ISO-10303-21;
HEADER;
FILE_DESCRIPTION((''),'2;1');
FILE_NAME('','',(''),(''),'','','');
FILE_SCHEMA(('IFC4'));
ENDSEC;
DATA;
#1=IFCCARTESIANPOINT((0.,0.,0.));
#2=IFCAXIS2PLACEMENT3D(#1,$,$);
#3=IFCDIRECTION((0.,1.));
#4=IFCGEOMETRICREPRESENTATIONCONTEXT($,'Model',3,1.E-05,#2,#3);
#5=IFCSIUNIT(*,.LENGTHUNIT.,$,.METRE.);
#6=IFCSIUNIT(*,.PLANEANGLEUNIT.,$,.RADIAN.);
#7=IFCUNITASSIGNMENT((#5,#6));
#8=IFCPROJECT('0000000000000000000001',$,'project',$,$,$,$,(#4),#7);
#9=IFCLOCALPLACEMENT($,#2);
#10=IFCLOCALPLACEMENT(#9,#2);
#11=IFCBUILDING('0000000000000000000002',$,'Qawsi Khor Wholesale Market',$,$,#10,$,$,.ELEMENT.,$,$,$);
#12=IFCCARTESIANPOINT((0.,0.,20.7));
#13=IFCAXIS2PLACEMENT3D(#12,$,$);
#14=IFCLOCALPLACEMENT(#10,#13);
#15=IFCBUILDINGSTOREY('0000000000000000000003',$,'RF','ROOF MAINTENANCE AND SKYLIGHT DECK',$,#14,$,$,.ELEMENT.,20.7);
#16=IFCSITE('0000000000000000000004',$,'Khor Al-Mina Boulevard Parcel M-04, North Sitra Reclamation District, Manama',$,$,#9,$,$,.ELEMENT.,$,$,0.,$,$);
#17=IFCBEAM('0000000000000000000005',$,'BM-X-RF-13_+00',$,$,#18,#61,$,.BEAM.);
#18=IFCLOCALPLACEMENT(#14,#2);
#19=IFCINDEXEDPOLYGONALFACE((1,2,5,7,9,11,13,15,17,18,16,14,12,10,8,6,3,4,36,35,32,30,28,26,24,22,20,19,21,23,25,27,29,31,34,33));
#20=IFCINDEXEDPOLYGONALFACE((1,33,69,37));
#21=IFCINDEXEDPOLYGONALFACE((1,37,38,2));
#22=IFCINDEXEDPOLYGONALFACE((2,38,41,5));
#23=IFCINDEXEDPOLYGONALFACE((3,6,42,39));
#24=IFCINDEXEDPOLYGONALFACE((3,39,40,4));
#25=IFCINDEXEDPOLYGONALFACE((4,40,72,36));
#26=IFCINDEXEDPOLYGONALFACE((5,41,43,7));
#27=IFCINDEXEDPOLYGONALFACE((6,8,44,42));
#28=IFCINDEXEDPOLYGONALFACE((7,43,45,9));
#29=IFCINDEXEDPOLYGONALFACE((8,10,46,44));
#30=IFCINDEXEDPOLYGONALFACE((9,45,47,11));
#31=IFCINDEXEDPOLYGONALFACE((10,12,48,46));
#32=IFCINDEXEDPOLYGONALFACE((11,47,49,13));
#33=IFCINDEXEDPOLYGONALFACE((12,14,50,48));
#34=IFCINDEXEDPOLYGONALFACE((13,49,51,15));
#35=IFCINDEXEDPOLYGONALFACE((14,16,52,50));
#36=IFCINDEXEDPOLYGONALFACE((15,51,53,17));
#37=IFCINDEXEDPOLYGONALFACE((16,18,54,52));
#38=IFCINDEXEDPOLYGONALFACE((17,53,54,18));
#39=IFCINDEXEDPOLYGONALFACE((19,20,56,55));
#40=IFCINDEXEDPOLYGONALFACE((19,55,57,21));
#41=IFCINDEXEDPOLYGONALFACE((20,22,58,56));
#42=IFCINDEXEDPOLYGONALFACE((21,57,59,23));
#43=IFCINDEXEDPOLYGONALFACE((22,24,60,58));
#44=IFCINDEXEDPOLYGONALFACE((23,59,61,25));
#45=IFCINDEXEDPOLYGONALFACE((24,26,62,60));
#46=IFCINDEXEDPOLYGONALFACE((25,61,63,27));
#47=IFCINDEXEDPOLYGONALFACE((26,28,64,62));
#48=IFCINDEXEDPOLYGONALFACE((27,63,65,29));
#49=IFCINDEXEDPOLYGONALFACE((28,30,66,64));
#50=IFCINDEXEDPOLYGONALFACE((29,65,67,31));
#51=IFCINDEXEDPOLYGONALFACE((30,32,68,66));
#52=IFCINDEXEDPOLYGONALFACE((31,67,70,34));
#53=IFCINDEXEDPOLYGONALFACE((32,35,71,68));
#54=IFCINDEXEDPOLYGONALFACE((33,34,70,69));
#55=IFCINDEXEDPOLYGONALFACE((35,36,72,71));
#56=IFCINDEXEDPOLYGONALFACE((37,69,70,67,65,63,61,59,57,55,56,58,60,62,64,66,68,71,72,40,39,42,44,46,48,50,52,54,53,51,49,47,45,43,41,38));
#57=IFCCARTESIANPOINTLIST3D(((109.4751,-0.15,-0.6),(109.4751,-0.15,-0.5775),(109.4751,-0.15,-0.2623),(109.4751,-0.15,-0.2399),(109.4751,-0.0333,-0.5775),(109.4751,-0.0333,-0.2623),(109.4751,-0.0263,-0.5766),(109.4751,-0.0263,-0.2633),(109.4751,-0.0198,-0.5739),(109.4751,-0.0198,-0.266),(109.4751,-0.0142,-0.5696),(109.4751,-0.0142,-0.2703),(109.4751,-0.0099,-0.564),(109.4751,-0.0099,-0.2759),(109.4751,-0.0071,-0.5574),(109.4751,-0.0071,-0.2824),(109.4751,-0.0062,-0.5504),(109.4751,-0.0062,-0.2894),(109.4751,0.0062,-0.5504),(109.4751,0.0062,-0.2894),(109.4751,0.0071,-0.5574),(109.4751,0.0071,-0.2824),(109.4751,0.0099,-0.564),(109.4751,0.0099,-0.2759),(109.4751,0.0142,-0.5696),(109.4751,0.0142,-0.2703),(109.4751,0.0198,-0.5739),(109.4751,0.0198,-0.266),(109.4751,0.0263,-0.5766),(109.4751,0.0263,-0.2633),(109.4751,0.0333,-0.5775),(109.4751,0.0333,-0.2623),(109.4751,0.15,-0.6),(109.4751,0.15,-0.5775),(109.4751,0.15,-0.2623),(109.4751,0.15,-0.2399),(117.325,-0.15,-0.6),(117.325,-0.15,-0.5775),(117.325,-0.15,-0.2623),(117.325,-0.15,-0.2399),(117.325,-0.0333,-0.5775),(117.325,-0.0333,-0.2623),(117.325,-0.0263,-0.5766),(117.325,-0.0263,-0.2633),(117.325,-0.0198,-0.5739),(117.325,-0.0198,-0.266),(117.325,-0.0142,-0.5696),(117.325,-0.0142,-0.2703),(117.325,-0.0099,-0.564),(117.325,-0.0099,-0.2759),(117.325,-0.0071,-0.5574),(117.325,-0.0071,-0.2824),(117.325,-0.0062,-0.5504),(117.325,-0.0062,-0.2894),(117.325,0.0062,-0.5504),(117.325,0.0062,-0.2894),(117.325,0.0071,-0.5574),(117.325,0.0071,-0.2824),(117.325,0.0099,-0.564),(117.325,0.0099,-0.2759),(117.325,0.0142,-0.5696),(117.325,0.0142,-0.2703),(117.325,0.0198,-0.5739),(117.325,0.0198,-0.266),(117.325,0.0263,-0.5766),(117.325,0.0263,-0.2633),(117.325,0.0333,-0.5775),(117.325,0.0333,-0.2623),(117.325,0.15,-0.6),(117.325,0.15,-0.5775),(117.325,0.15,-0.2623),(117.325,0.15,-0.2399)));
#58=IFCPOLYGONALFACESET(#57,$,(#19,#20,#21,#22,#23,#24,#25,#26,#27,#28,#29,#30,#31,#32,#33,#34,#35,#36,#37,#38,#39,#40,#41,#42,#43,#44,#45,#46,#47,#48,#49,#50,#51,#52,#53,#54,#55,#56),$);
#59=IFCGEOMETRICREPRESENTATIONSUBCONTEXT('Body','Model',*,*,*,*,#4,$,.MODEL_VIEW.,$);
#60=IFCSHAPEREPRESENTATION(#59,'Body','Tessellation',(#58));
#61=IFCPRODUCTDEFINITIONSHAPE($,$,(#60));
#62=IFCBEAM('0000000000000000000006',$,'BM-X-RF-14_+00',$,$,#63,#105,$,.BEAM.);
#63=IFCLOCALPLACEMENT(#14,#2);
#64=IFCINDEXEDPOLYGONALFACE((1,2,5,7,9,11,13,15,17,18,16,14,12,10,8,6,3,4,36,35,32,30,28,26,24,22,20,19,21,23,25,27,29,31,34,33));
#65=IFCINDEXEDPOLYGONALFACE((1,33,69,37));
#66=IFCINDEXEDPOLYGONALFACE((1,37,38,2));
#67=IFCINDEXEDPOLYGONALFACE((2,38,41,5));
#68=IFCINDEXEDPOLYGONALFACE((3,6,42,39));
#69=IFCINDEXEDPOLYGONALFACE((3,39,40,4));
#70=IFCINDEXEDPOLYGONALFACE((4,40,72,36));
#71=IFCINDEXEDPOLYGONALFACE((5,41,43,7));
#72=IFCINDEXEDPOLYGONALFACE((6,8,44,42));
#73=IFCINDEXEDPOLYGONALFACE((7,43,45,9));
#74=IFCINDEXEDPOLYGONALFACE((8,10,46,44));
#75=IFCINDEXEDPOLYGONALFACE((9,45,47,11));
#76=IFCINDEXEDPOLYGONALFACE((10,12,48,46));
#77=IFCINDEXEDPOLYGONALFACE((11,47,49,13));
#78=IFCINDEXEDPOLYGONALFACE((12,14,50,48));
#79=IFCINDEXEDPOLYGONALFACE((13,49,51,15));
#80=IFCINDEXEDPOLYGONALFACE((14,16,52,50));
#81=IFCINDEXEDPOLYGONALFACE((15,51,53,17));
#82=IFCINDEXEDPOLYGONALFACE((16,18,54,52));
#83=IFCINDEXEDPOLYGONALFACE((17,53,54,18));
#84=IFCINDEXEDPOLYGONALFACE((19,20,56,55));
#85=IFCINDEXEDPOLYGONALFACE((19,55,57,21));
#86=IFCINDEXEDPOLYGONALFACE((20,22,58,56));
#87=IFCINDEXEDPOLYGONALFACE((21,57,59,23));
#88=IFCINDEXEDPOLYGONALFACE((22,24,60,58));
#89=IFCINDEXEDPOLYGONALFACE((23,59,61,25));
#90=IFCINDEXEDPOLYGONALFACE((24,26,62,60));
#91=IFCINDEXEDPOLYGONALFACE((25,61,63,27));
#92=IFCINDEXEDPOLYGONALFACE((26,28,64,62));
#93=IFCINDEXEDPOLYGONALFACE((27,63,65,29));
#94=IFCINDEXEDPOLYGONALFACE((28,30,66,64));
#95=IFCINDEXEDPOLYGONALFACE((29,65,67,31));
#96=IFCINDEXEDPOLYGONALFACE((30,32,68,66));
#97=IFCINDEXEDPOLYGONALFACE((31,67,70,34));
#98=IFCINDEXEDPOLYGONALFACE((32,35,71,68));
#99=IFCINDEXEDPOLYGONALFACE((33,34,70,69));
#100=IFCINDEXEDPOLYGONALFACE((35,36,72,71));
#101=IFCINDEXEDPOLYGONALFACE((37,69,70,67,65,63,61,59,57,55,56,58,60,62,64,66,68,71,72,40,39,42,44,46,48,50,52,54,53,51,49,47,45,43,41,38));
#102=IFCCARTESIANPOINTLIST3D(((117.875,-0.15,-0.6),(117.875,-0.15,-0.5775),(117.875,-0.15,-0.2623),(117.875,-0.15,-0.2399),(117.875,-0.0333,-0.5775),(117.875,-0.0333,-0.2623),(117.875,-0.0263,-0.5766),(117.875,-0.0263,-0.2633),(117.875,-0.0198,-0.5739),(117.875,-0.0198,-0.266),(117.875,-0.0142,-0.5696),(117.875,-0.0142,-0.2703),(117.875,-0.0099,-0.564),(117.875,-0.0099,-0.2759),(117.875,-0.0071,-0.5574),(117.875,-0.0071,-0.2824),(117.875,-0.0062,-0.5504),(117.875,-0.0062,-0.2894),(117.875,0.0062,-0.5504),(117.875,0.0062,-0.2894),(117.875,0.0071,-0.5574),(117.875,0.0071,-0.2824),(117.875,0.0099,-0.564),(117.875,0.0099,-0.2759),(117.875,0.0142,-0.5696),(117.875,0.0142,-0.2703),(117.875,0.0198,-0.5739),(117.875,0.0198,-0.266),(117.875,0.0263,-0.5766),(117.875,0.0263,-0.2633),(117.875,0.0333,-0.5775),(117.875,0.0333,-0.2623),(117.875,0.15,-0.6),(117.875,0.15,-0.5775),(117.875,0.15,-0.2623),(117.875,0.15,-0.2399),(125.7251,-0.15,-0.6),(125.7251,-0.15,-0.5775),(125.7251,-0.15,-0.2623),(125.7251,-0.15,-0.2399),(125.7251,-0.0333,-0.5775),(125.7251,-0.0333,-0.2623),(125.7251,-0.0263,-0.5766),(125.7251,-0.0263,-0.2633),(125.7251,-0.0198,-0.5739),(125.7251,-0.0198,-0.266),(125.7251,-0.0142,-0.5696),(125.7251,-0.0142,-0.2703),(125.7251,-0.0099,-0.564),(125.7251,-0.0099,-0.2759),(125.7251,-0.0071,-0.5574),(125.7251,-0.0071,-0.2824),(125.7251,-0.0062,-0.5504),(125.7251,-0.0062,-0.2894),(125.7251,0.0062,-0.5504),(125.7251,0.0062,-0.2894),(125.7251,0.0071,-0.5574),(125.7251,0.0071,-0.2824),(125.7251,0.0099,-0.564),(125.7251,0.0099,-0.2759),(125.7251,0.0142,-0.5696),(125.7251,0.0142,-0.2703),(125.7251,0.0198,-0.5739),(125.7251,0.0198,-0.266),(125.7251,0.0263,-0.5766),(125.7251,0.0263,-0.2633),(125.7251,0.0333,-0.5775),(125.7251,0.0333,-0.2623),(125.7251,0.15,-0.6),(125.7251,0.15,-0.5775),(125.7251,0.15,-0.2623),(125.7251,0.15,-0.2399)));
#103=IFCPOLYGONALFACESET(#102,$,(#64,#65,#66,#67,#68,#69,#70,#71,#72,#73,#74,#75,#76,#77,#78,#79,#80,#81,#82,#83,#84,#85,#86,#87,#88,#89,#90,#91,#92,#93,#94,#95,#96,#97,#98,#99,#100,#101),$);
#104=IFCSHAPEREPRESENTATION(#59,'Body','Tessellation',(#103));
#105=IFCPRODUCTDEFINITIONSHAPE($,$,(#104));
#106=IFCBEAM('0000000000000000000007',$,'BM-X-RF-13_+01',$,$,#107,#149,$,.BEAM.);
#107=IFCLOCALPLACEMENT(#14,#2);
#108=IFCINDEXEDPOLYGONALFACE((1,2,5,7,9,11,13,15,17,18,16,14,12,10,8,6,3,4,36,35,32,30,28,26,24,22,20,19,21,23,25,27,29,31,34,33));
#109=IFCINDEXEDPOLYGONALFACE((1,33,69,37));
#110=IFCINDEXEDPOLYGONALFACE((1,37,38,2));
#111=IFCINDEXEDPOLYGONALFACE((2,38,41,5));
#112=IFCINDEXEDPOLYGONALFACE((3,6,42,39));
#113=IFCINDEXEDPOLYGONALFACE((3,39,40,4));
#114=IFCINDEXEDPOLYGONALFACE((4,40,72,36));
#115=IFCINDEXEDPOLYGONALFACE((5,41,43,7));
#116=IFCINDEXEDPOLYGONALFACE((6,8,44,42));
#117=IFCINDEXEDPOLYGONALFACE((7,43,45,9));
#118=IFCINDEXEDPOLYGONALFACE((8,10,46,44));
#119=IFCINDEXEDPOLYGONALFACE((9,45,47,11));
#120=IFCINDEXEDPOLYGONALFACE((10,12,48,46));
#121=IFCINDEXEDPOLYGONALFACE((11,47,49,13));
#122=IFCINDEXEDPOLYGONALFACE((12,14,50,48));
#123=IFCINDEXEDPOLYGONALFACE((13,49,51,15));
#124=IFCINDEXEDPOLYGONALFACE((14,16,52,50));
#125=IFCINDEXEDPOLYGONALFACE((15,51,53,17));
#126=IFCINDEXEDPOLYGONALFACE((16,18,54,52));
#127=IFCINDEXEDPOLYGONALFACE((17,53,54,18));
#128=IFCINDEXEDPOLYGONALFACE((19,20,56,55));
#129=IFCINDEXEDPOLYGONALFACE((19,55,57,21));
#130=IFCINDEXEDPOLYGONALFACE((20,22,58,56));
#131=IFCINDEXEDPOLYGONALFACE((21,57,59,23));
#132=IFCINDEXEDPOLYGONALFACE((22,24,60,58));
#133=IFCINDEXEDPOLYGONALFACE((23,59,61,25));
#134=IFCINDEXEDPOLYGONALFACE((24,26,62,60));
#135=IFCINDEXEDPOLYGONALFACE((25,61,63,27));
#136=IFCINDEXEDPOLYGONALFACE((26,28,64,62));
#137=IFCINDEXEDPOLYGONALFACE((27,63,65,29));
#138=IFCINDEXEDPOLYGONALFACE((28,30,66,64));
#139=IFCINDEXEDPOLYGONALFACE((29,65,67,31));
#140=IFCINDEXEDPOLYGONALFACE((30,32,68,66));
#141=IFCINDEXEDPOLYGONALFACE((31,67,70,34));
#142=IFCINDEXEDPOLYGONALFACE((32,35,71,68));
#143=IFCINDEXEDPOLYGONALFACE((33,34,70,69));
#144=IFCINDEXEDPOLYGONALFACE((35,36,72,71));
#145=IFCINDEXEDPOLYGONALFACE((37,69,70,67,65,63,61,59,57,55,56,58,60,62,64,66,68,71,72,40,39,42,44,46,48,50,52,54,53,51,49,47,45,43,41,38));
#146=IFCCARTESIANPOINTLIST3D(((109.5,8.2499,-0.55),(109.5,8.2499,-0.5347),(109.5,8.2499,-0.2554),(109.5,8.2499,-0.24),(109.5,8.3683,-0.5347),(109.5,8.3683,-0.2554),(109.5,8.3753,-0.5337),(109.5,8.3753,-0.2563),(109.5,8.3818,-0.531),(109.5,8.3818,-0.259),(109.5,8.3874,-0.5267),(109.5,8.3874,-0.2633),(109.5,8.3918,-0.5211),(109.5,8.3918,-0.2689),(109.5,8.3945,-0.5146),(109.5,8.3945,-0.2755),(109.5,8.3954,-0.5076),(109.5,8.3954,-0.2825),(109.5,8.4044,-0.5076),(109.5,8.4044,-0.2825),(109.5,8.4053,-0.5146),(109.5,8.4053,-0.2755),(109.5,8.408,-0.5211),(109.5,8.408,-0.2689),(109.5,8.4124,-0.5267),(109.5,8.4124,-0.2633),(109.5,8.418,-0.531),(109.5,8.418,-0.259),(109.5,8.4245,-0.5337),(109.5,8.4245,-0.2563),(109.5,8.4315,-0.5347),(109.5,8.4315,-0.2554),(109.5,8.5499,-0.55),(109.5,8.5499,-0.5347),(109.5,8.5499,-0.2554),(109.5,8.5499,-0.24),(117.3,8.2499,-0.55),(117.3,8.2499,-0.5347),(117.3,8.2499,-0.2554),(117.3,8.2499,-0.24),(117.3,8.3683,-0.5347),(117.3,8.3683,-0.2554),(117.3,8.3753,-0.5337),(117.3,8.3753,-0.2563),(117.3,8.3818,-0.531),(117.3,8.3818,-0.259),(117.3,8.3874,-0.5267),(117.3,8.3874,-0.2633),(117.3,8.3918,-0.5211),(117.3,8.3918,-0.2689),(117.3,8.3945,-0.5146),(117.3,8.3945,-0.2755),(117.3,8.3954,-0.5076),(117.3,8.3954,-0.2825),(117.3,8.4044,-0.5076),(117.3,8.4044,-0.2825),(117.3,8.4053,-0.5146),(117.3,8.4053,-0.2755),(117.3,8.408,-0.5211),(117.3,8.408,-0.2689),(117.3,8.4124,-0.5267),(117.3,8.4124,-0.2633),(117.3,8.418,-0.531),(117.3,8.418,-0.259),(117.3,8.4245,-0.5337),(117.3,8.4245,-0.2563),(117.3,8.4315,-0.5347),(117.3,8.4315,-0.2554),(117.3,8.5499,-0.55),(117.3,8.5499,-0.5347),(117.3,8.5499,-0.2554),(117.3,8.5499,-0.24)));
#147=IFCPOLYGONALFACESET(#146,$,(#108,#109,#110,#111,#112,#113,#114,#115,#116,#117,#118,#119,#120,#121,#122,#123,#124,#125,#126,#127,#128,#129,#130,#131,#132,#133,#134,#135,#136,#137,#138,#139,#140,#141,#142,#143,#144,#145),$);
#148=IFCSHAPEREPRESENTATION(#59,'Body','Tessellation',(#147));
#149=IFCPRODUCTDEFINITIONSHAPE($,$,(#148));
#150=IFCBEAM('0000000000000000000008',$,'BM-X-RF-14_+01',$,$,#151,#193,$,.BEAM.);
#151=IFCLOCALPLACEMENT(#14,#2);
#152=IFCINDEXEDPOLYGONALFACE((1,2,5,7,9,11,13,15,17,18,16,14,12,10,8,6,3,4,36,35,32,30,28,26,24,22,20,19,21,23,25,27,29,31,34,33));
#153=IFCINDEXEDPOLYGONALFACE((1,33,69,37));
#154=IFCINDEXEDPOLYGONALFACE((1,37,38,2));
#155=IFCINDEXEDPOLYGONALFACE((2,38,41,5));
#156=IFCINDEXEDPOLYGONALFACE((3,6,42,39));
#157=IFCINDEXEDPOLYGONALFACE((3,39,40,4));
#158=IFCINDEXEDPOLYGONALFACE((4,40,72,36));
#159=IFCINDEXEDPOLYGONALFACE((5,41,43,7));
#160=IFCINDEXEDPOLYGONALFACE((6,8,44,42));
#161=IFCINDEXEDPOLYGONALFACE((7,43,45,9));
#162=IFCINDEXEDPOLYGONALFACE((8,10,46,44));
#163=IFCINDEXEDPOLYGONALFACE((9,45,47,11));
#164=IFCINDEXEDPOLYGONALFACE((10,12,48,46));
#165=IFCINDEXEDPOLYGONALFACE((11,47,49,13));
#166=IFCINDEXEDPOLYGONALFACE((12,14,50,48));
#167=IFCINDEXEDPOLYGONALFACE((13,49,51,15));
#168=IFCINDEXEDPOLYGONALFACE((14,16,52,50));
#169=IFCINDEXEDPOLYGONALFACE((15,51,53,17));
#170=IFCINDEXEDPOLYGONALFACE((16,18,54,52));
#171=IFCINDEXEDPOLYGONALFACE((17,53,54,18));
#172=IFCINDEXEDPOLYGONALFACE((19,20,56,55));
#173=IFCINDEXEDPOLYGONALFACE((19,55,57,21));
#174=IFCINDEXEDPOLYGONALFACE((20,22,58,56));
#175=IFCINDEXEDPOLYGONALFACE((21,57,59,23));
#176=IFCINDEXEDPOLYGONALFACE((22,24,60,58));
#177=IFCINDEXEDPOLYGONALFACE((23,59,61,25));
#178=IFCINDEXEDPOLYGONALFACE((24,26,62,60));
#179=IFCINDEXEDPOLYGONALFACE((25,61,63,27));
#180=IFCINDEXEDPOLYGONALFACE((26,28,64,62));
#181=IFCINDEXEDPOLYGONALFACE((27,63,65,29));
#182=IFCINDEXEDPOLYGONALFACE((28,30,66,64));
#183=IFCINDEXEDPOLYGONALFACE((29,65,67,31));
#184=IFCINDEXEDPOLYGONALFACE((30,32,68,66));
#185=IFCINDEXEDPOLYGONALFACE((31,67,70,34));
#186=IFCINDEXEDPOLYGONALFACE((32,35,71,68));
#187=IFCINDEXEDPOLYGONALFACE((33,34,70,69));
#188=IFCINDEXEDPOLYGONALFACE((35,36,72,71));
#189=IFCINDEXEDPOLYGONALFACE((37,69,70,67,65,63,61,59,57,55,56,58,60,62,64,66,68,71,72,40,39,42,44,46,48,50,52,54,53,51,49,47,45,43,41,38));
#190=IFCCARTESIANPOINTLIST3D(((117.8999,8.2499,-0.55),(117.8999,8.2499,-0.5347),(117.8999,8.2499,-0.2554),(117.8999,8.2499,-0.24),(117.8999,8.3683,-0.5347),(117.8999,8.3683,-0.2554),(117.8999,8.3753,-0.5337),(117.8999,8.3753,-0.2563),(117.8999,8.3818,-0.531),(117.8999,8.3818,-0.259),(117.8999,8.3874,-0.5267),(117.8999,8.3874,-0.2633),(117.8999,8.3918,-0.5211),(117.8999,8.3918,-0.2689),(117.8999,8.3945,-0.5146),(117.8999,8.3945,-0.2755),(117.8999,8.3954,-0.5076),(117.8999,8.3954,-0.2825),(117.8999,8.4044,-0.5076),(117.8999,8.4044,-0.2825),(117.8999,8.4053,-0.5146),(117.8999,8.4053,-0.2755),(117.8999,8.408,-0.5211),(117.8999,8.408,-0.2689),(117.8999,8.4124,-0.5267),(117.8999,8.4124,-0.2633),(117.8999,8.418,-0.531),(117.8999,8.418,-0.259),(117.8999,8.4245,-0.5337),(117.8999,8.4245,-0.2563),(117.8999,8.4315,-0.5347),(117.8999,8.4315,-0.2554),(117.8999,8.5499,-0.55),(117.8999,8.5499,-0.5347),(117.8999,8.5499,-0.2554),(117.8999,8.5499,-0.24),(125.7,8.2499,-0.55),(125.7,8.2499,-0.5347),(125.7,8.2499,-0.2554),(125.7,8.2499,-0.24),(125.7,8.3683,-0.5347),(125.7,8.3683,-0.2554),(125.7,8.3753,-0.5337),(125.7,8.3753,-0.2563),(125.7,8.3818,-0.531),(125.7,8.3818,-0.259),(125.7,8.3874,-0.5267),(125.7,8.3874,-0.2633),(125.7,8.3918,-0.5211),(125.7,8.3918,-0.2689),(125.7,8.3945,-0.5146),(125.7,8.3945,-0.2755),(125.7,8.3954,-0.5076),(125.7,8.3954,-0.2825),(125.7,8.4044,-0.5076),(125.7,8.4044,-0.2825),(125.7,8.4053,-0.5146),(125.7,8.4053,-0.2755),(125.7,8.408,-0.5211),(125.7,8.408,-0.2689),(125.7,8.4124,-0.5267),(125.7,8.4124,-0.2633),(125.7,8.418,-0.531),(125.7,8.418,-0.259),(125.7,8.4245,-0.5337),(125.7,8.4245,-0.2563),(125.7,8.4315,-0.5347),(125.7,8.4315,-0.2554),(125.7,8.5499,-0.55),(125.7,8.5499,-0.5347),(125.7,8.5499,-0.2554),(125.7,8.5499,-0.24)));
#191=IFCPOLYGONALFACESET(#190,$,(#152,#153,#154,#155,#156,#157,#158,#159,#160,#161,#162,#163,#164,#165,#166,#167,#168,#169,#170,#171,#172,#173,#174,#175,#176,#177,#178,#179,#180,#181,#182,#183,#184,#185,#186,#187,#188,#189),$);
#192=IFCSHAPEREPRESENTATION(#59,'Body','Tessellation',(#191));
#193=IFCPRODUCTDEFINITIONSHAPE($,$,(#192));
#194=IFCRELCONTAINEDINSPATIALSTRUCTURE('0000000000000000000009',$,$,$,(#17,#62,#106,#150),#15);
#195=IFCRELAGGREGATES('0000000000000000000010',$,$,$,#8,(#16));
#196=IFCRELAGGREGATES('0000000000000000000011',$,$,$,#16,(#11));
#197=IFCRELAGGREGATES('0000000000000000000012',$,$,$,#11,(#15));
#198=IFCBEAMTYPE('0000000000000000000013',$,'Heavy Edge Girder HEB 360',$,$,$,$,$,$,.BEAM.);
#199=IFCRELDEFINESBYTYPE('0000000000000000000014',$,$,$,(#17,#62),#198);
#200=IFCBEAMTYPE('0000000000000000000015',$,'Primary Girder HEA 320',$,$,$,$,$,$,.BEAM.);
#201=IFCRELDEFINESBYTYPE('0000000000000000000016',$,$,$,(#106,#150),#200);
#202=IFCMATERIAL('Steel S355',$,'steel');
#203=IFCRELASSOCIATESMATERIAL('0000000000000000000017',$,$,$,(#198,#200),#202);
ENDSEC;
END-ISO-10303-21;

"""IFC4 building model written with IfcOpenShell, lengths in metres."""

from ifc_helpers import new_model, si_unit, direction, frame, origin, origin_2d, place, context, subcontext, project, spatial, i_section, extrude, material, material_profile, profile_set, type_object, element, save


model = new_model("IFC4")

# Units and contexts
model_context = context("Model", 3, precision=1e-05, world=origin(), true_north=direction((0.0, 1.0)))
body_context = subcontext(model_context, "Body", "Model", "MODEL_VIEW")
ifc_project = project(units=[si_unit("LENGTHUNIT", "METRE"), si_unit("PLANEANGLEUNIT", "RADIAN")], contexts=[model_context])

# Site, building, storey
site_placement = place(None, origin())
site = spatial("IfcSite", under=ifc_project, at=site_placement, Name="Khor Al-Mina Boulevard Parcel M-04, North Sitra Reclamation District, Manama", CompositionType="ELEMENT", RefElevation=0.0)
building_placement = place(site_placement, origin())
building = spatial("IfcBuilding", under=site, at=building_placement, Name="Qawsi Khor Wholesale Market", CompositionType="ELEMENT")
storey_placement = place(building_placement, frame((0.0, 0.0, 20.7)))
storey = spatial("IfcBuildingStorey", under=building, at=storey_placement, Name="RF", Description="ROOF MAINTENANCE AND SKYLIGHT DECK", CompositionType="ELEMENT", Elevation=20.7)

# Beams
ifc_material_1 = material(Name="Steel S355", Category="steel")
ifc_material_profile_1 = material_profile(ifc_material_1, i_section(OverallWidth=0.3, OverallDepth=0.3601, WebThickness=0.0125, FlangeThickness=0.0225, FilletRadius=0.0271, at=origin_2d()), Name="HEB 360")
ifc_profile_set_1 = profile_set([ifc_material_profile_1], Name="Steel S355")
beam_type_1 = type_object("IfcBeamType", Name="Heavy Edge Girder HEB 360", PredefinedType="BEAM", material=ifc_profile_set_1)
beam_1_placement = place(storey_placement, frame((109.4751, 0.0, -0.4199), z_axis=(1.0, 0.0, 0.0), x_axis=(0.0, 1.0, 0.0)))
element("IfcBeam", 1, at=beam_1_placement, inside=storey, type_object=beam_type_1, Name="BM-X-RF-13_+00", PredefinedType="BEAM", context=body_context, shape_type="SweptSolid", body=[
    extrude(i_section(OverallWidth=0.3, OverallDepth=0.3601, WebThickness=0.0125, FlangeThickness=0.0225, FilletRadius=0.0271, at=origin_2d()), origin(), (0.0, 0.0, 1.0), 7.8499),
])
beam_2_placement = place(storey_placement, frame((117.875, 0.0, -0.4199), z_axis=(1.0, 0.0, 0.0), x_axis=(0.0, 1.0, 0.0)))
element("IfcBeam", 2, at=beam_2_placement, inside=storey, type_object=beam_type_1, Name="BM-X-RF-14_+00", PredefinedType="BEAM", context=body_context, shape_type="SweptSolid", body=[
    extrude(i_section(OverallWidth=0.3, OverallDepth=0.3601, WebThickness=0.0125, FlangeThickness=0.0225, FilletRadius=0.0271, at=origin_2d()), origin(), (0.0, 0.0, 1.0), 7.8501),
])
ifc_material_profile_2 = material_profile(ifc_material_1, i_section(OverallWidth=0.3, OverallDepth=0.3101, WebThickness=0.009, FlangeThickness=0.0154, FilletRadius=0.0271, at=origin_2d()), Name="HEA 320")
ifc_profile_set_2 = profile_set([ifc_material_profile_2], Name="Steel S355")
beam_type_2 = type_object("IfcBeamType", Name="Primary Girder HEA 320", PredefinedType="BEAM", material=ifc_profile_set_2)
for number, where, z_axis, x_axis, name in (
    (3, (109.5, 8.3999, -0.395), (1.0, 0.0, 0.0), (0.0, 1.0, 0.0), "BM-X-RF-13_+01"),
    (4, (117.8999, 8.3999, -0.395), (1.0, 0.0, 0.0), (0.0, 1.0, 0.0), "BM-X-RF-14_+01"),
):
    element("IfcBeam", number, at=place(storey_placement, frame(where, z_axis=z_axis, x_axis=x_axis)), inside=storey, type_object=beam_type_2, Name=name, PredefinedType="BEAM", context=body_context, shape_type="SweptSolid", body=[
        extrude(i_section(OverallWidth=0.3, OverallDepth=0.3101, WebThickness=0.009, FlangeThickness=0.0154, FilletRadius=0.0271, at=origin_2d()), origin(), (0.0, 0.0, 1.0), 7.8),
    ])

save(model, "model.ifc")
